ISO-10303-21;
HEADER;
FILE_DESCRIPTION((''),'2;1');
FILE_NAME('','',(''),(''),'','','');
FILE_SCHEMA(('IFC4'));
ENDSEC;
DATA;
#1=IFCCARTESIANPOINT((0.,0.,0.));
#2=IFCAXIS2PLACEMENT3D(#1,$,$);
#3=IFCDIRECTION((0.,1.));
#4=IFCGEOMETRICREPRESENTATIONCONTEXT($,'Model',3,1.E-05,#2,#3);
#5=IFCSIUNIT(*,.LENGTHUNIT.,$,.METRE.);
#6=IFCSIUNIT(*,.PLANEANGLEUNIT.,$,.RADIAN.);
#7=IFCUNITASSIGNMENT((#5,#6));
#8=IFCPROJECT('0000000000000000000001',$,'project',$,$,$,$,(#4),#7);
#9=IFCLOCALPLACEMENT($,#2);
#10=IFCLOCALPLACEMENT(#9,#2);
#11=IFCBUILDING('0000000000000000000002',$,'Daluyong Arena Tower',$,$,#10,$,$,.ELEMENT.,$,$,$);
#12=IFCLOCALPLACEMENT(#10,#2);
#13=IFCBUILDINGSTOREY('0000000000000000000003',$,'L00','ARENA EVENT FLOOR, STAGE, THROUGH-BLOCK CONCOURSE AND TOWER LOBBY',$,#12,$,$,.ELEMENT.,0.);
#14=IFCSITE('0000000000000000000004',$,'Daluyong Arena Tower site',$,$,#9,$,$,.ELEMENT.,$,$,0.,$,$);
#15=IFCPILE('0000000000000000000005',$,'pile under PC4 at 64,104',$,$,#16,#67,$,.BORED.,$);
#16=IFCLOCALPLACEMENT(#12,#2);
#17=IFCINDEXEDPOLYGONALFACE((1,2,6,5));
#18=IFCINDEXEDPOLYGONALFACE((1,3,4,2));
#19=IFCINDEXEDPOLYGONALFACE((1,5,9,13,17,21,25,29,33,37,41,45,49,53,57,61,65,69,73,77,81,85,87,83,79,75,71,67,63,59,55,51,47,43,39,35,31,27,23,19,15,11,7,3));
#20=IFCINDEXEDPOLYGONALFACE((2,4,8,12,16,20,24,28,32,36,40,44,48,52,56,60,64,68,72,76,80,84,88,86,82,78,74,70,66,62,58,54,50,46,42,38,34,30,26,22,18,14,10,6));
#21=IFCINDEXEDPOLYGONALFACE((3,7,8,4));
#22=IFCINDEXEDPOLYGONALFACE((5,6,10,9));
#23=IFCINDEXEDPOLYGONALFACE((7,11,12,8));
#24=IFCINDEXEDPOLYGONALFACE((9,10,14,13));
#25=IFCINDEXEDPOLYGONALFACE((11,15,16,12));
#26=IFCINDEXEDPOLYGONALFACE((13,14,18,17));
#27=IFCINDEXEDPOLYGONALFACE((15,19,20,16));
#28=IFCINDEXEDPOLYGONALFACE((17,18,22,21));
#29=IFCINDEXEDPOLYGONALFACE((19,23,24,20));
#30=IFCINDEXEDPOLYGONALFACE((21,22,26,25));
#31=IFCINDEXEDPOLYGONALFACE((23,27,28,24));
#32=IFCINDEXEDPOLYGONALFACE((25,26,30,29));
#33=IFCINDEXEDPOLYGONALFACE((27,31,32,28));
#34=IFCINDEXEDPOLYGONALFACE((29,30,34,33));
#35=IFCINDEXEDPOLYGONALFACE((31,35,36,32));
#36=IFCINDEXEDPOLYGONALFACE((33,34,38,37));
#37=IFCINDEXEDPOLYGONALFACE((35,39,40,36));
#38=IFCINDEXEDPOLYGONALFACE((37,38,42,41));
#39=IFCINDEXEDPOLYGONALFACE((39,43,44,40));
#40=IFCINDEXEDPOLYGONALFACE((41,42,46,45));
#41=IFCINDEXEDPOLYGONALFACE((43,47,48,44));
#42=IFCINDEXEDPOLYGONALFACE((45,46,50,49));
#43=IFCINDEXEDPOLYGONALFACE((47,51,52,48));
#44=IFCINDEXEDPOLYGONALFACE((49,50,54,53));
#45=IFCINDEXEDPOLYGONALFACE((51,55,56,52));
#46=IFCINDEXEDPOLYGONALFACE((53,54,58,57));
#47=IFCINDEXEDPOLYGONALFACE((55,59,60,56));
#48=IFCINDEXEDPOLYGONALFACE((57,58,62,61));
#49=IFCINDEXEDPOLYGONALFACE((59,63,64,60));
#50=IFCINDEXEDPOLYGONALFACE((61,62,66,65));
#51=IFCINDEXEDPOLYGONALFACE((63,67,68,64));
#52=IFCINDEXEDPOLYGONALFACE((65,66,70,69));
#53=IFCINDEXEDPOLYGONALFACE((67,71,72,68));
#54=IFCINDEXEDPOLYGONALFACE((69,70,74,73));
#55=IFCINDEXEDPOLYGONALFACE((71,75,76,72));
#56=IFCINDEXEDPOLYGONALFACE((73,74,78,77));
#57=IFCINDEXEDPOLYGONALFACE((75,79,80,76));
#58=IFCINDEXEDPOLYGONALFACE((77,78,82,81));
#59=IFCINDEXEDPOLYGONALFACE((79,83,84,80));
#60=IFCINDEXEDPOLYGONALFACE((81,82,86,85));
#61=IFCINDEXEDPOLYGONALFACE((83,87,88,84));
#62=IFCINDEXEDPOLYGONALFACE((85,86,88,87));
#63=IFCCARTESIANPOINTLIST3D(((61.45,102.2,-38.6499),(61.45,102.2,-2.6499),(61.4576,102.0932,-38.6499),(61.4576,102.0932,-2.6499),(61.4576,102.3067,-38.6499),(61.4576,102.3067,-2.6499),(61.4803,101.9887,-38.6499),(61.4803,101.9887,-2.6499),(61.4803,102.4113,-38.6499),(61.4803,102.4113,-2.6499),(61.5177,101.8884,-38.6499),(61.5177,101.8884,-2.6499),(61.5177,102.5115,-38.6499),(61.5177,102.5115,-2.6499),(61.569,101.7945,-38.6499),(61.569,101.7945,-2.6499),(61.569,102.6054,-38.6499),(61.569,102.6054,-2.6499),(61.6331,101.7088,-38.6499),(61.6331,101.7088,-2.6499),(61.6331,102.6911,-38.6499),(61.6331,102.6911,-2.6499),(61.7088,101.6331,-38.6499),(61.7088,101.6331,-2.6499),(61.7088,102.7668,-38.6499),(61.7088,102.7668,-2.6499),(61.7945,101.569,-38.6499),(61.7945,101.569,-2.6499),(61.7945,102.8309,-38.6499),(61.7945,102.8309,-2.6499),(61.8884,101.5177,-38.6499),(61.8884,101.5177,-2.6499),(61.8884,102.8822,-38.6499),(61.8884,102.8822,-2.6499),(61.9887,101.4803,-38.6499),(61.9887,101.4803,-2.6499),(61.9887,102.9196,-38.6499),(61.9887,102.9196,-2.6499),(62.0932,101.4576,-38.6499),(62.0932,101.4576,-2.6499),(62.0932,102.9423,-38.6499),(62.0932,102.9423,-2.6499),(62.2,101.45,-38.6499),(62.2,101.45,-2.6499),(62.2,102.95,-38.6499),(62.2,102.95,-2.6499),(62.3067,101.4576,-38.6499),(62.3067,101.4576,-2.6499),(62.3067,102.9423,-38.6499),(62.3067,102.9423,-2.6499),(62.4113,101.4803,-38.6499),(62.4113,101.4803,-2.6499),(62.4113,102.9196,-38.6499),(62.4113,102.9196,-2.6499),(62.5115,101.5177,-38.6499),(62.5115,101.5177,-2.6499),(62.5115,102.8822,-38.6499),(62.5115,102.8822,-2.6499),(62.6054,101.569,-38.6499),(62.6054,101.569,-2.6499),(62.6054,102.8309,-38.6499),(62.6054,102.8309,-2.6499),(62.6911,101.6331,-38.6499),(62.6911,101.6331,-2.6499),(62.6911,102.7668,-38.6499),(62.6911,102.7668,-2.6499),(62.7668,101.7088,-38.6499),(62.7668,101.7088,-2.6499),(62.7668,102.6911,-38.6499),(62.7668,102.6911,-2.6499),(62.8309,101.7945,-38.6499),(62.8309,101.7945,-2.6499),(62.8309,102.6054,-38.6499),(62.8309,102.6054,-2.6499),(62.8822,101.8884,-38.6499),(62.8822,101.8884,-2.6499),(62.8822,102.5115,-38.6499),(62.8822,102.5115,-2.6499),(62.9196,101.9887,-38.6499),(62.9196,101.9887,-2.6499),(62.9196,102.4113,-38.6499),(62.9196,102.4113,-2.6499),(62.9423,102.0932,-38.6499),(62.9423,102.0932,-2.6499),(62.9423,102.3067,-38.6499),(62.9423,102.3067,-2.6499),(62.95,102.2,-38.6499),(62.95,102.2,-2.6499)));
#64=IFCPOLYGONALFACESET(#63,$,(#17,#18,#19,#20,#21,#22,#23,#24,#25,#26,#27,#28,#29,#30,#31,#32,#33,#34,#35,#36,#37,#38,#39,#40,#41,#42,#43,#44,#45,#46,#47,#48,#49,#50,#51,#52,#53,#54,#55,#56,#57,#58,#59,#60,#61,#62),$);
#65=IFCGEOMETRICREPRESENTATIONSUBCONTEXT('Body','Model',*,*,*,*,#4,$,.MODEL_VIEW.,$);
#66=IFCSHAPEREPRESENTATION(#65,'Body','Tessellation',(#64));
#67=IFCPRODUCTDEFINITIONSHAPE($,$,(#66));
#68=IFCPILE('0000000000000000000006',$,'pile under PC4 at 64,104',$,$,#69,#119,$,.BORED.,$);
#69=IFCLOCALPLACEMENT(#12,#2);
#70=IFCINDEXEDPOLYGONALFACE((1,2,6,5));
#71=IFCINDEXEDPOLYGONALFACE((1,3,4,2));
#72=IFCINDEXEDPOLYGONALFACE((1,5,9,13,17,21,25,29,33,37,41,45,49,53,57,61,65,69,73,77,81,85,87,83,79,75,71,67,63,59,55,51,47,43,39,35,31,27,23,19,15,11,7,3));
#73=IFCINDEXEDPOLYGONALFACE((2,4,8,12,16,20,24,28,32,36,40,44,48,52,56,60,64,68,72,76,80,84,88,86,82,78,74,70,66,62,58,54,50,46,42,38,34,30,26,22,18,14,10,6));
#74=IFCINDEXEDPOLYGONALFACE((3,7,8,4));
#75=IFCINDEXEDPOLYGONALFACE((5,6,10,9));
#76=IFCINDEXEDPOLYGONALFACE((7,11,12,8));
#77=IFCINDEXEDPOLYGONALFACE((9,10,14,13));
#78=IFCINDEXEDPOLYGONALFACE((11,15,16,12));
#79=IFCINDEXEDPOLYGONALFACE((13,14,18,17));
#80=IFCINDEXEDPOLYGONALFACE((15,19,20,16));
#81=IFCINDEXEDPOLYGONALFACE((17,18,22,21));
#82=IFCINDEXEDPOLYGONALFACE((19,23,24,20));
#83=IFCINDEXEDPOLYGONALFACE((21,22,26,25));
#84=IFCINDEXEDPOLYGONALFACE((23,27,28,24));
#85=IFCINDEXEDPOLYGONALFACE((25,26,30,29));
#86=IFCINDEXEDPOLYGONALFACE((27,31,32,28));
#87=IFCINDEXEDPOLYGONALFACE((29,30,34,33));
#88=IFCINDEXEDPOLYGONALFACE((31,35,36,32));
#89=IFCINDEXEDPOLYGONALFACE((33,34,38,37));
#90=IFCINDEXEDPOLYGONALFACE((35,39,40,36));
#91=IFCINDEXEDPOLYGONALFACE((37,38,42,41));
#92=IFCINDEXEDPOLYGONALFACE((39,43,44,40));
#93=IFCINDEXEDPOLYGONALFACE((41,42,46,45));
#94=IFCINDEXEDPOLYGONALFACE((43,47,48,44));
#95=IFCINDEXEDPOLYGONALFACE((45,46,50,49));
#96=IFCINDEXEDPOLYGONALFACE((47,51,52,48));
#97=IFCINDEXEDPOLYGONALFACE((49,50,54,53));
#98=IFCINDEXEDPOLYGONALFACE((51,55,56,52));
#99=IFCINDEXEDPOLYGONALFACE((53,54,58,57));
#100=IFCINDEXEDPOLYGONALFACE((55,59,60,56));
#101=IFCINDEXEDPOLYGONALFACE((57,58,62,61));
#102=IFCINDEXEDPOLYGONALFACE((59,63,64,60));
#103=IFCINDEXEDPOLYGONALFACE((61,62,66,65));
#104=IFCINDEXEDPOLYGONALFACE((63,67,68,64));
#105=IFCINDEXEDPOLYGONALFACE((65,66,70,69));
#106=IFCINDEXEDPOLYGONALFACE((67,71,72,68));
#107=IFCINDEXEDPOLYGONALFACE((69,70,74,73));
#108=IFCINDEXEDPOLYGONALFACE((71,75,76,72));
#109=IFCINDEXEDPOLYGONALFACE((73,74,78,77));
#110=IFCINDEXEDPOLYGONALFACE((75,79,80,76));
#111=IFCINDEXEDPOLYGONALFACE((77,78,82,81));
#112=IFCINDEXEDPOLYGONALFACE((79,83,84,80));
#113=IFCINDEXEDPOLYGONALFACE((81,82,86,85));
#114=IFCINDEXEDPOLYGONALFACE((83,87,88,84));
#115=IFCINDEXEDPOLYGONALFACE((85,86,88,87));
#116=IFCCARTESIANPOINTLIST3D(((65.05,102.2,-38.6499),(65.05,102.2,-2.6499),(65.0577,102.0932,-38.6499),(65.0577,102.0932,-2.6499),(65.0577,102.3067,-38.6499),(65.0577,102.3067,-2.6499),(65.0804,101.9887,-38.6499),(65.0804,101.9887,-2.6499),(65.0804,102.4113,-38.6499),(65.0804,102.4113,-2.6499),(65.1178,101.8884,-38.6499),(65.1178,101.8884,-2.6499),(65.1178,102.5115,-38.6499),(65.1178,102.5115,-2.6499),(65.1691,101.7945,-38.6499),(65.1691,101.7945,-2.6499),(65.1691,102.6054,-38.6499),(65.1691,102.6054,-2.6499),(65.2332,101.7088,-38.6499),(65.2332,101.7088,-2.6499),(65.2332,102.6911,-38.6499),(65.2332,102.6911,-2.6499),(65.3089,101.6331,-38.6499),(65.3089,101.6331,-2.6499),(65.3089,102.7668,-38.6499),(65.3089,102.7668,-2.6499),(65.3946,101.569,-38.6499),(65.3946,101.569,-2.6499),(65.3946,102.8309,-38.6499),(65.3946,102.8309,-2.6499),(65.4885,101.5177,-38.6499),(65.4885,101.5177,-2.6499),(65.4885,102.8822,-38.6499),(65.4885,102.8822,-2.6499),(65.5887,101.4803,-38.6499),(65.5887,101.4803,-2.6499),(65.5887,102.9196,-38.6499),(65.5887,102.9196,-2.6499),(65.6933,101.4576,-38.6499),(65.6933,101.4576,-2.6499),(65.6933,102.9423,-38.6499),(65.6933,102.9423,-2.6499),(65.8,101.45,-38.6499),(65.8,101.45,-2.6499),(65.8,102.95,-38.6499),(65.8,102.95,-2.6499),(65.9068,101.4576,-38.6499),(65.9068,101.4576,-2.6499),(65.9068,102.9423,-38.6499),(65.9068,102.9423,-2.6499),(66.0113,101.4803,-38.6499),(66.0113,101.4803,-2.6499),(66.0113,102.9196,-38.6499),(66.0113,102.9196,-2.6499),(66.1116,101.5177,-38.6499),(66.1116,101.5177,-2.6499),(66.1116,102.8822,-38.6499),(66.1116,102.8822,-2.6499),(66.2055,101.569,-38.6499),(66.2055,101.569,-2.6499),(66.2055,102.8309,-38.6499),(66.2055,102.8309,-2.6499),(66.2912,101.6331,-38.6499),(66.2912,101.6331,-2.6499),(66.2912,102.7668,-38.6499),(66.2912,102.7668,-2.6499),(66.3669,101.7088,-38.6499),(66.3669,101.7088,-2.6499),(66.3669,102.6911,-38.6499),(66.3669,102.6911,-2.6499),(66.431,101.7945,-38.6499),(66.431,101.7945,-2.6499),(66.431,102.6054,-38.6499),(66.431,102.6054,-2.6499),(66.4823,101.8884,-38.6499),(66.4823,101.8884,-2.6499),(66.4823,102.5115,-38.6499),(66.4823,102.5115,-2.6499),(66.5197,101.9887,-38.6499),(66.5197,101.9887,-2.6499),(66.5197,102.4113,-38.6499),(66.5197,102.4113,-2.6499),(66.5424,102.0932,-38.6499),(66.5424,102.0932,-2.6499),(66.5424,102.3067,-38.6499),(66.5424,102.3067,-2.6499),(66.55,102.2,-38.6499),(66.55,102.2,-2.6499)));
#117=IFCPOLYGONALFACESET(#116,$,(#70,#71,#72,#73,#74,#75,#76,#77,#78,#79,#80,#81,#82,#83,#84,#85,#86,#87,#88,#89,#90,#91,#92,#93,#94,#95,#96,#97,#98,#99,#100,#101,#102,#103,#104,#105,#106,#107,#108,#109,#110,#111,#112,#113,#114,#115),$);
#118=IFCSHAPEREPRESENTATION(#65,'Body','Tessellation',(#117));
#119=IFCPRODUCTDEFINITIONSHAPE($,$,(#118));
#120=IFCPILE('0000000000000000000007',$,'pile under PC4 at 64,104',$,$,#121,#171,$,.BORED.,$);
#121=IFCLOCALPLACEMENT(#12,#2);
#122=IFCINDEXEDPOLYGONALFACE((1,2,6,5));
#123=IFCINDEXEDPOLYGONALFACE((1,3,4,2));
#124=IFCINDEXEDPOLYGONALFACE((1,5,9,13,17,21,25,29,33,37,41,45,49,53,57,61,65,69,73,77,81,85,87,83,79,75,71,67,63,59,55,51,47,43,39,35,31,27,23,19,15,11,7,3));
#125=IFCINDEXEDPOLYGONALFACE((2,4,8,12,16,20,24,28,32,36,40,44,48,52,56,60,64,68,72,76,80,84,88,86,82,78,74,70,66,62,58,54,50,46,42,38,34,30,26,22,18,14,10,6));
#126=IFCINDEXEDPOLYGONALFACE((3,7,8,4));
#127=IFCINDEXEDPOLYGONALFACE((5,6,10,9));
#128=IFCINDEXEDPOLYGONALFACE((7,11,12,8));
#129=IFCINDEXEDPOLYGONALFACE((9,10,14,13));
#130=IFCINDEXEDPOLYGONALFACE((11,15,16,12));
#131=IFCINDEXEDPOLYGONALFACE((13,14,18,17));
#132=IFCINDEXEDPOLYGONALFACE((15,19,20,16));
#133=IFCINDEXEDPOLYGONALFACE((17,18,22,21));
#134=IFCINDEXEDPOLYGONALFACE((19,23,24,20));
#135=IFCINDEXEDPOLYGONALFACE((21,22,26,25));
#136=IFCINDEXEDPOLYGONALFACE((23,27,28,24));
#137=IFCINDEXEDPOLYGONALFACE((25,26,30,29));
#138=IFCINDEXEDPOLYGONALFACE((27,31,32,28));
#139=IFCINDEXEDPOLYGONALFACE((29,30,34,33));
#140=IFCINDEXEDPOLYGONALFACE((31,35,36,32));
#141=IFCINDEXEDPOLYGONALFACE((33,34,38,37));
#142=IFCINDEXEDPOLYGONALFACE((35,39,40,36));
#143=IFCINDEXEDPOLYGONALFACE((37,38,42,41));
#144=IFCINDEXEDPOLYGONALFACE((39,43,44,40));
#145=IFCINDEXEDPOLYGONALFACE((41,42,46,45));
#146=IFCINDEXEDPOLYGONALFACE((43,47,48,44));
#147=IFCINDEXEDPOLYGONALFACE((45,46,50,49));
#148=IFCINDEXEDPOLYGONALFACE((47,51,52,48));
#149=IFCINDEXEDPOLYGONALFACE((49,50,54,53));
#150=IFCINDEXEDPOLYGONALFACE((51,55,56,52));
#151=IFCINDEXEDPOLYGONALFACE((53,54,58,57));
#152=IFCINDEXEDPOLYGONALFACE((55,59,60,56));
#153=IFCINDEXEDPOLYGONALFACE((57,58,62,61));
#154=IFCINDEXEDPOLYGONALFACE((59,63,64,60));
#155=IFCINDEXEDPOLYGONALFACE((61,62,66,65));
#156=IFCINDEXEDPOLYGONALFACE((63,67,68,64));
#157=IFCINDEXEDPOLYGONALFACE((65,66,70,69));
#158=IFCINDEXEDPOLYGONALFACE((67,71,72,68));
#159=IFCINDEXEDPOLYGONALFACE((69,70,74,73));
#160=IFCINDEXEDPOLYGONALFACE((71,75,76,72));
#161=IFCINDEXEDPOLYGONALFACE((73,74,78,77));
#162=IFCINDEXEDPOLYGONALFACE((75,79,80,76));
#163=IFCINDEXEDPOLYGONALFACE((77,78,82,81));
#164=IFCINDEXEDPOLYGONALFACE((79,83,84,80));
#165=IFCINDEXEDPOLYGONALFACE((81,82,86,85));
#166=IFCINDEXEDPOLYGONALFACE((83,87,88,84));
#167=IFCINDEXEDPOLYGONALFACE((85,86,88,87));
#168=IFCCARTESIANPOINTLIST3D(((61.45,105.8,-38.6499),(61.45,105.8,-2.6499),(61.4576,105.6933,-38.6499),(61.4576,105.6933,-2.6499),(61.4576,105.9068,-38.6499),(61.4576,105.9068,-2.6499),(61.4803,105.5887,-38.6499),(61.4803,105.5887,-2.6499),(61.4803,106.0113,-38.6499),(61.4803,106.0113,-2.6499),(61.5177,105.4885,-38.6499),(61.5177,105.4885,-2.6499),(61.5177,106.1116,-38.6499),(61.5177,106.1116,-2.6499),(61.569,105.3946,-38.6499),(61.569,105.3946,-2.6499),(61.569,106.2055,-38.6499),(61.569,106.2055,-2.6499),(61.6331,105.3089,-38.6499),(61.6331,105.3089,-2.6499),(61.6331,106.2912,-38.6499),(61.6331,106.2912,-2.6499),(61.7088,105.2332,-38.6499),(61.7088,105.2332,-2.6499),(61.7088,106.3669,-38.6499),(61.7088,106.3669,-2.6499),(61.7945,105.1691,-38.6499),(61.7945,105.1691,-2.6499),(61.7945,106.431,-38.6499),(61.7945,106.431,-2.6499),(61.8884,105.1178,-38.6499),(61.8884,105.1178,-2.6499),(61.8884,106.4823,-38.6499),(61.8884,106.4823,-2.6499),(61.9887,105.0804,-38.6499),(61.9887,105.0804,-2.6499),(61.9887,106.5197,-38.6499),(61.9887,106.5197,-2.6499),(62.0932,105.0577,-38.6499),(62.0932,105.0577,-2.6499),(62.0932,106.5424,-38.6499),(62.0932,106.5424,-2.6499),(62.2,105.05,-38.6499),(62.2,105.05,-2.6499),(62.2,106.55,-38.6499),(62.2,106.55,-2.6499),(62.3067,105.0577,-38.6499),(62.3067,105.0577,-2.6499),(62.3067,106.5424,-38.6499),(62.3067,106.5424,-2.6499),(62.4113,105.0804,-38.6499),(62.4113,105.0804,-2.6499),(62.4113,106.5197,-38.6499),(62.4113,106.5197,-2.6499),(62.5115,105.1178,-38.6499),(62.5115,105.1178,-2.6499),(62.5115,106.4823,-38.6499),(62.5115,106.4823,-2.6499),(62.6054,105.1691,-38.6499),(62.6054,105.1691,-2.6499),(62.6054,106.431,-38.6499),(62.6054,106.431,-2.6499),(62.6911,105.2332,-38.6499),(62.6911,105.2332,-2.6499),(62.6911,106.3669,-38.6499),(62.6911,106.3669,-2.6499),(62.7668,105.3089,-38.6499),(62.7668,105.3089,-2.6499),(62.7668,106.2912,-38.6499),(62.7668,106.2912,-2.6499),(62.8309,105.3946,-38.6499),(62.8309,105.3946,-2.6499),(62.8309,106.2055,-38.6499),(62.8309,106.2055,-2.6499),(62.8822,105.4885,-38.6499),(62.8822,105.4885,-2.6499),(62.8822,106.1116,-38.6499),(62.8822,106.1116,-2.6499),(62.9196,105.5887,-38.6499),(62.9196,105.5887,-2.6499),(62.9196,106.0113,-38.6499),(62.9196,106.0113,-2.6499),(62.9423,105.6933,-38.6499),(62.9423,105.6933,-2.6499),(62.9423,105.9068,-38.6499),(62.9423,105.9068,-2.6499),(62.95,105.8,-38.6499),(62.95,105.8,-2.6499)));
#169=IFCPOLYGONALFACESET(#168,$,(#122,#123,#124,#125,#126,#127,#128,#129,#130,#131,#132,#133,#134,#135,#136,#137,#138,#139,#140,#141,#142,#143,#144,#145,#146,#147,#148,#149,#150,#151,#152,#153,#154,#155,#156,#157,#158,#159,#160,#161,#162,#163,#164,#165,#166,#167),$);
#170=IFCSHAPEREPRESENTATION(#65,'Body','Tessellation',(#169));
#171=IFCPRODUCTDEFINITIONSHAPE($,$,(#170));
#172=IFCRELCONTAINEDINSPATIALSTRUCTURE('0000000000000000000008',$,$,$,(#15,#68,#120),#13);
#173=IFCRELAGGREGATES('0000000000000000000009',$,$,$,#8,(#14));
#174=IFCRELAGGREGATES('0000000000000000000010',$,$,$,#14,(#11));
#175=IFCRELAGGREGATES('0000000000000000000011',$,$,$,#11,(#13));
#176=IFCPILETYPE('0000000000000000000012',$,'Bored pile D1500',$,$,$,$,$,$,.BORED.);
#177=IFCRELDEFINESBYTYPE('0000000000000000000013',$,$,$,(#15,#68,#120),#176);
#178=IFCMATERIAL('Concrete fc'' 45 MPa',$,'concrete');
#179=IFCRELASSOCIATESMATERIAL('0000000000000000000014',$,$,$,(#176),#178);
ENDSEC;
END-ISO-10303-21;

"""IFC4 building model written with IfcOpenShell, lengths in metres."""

from ifc_helpers import new_model, si_unit, direction, frame, origin, origin_2d, place, context, subcontext, project, spatial, circle, extrude, material, type_object, element, save


model = new_model("IFC4")

# Units and contexts
model_context = context("Model", 3, precision=1e-05, world=origin(), true_north=direction((0.0, 1.0)))
body_context = subcontext(model_context, "Body", "Model", "MODEL_VIEW")
ifc_project = project(units=[si_unit("LENGTHUNIT", "METRE"), si_unit("PLANEANGLEUNIT", "RADIAN")], contexts=[model_context])

# Site, building, storey
site_placement = place(None, origin())
site = spatial("IfcSite", under=ifc_project, at=site_placement, Name="Daluyong Arena Tower site", CompositionType="ELEMENT", RefElevation=0.0)
building_placement = place(site_placement, origin())
building = spatial("IfcBuilding", under=site, at=building_placement, Name="Daluyong Arena Tower", CompositionType="ELEMENT")
storey_placement = place(building_placement, origin())
storey = spatial("IfcBuildingStorey", under=building, at=storey_placement, Name="L00", Description="ARENA EVENT FLOOR, STAGE, THROUGH-BLOCK CONCOURSE AND TOWER LOBBY", CompositionType="ELEMENT", Elevation=0.0)

# Piles
ifc_material_1 = material(Name="Concrete fc' 45 MPa", Category="concrete")
pile_type_1 = type_object("IfcPileType", Name="Bored pile D1500", PredefinedType="BORED", material=ifc_material_1)
for number, where, z_axis, x_axis, name in (
    (1, (62.2, 102.2, -2.6499), (0.0, 0.0, -1.0), (1.0, 0.0, 0.0), "pile under PC4 at 64,104"),
    (2, (65.8, 102.2, -2.6499), (0.0, 0.0, -1.0), (1.0, 0.0, 0.0), "pile under PC4 at 64,104"),
    (3, (62.2, 105.8, -2.6499), (0.0, 0.0, -1.0), (1.0, 0.0, 0.0), "pile under PC4 at 64,104"),
):
    element("IfcPile", number, at=place(storey_placement, frame(where, z_axis=z_axis, x_axis=x_axis)), inside=storey, type_object=pile_type_1, Name=name, PredefinedType="BORED", context=body_context, shape_type="SweptSolid", body=[
        extrude(circle(Radius=0.75, at=origin_2d()), origin(), (0.0, 0.0, 1.0), 36.0),
    ])

save(model, "model.ifc")
